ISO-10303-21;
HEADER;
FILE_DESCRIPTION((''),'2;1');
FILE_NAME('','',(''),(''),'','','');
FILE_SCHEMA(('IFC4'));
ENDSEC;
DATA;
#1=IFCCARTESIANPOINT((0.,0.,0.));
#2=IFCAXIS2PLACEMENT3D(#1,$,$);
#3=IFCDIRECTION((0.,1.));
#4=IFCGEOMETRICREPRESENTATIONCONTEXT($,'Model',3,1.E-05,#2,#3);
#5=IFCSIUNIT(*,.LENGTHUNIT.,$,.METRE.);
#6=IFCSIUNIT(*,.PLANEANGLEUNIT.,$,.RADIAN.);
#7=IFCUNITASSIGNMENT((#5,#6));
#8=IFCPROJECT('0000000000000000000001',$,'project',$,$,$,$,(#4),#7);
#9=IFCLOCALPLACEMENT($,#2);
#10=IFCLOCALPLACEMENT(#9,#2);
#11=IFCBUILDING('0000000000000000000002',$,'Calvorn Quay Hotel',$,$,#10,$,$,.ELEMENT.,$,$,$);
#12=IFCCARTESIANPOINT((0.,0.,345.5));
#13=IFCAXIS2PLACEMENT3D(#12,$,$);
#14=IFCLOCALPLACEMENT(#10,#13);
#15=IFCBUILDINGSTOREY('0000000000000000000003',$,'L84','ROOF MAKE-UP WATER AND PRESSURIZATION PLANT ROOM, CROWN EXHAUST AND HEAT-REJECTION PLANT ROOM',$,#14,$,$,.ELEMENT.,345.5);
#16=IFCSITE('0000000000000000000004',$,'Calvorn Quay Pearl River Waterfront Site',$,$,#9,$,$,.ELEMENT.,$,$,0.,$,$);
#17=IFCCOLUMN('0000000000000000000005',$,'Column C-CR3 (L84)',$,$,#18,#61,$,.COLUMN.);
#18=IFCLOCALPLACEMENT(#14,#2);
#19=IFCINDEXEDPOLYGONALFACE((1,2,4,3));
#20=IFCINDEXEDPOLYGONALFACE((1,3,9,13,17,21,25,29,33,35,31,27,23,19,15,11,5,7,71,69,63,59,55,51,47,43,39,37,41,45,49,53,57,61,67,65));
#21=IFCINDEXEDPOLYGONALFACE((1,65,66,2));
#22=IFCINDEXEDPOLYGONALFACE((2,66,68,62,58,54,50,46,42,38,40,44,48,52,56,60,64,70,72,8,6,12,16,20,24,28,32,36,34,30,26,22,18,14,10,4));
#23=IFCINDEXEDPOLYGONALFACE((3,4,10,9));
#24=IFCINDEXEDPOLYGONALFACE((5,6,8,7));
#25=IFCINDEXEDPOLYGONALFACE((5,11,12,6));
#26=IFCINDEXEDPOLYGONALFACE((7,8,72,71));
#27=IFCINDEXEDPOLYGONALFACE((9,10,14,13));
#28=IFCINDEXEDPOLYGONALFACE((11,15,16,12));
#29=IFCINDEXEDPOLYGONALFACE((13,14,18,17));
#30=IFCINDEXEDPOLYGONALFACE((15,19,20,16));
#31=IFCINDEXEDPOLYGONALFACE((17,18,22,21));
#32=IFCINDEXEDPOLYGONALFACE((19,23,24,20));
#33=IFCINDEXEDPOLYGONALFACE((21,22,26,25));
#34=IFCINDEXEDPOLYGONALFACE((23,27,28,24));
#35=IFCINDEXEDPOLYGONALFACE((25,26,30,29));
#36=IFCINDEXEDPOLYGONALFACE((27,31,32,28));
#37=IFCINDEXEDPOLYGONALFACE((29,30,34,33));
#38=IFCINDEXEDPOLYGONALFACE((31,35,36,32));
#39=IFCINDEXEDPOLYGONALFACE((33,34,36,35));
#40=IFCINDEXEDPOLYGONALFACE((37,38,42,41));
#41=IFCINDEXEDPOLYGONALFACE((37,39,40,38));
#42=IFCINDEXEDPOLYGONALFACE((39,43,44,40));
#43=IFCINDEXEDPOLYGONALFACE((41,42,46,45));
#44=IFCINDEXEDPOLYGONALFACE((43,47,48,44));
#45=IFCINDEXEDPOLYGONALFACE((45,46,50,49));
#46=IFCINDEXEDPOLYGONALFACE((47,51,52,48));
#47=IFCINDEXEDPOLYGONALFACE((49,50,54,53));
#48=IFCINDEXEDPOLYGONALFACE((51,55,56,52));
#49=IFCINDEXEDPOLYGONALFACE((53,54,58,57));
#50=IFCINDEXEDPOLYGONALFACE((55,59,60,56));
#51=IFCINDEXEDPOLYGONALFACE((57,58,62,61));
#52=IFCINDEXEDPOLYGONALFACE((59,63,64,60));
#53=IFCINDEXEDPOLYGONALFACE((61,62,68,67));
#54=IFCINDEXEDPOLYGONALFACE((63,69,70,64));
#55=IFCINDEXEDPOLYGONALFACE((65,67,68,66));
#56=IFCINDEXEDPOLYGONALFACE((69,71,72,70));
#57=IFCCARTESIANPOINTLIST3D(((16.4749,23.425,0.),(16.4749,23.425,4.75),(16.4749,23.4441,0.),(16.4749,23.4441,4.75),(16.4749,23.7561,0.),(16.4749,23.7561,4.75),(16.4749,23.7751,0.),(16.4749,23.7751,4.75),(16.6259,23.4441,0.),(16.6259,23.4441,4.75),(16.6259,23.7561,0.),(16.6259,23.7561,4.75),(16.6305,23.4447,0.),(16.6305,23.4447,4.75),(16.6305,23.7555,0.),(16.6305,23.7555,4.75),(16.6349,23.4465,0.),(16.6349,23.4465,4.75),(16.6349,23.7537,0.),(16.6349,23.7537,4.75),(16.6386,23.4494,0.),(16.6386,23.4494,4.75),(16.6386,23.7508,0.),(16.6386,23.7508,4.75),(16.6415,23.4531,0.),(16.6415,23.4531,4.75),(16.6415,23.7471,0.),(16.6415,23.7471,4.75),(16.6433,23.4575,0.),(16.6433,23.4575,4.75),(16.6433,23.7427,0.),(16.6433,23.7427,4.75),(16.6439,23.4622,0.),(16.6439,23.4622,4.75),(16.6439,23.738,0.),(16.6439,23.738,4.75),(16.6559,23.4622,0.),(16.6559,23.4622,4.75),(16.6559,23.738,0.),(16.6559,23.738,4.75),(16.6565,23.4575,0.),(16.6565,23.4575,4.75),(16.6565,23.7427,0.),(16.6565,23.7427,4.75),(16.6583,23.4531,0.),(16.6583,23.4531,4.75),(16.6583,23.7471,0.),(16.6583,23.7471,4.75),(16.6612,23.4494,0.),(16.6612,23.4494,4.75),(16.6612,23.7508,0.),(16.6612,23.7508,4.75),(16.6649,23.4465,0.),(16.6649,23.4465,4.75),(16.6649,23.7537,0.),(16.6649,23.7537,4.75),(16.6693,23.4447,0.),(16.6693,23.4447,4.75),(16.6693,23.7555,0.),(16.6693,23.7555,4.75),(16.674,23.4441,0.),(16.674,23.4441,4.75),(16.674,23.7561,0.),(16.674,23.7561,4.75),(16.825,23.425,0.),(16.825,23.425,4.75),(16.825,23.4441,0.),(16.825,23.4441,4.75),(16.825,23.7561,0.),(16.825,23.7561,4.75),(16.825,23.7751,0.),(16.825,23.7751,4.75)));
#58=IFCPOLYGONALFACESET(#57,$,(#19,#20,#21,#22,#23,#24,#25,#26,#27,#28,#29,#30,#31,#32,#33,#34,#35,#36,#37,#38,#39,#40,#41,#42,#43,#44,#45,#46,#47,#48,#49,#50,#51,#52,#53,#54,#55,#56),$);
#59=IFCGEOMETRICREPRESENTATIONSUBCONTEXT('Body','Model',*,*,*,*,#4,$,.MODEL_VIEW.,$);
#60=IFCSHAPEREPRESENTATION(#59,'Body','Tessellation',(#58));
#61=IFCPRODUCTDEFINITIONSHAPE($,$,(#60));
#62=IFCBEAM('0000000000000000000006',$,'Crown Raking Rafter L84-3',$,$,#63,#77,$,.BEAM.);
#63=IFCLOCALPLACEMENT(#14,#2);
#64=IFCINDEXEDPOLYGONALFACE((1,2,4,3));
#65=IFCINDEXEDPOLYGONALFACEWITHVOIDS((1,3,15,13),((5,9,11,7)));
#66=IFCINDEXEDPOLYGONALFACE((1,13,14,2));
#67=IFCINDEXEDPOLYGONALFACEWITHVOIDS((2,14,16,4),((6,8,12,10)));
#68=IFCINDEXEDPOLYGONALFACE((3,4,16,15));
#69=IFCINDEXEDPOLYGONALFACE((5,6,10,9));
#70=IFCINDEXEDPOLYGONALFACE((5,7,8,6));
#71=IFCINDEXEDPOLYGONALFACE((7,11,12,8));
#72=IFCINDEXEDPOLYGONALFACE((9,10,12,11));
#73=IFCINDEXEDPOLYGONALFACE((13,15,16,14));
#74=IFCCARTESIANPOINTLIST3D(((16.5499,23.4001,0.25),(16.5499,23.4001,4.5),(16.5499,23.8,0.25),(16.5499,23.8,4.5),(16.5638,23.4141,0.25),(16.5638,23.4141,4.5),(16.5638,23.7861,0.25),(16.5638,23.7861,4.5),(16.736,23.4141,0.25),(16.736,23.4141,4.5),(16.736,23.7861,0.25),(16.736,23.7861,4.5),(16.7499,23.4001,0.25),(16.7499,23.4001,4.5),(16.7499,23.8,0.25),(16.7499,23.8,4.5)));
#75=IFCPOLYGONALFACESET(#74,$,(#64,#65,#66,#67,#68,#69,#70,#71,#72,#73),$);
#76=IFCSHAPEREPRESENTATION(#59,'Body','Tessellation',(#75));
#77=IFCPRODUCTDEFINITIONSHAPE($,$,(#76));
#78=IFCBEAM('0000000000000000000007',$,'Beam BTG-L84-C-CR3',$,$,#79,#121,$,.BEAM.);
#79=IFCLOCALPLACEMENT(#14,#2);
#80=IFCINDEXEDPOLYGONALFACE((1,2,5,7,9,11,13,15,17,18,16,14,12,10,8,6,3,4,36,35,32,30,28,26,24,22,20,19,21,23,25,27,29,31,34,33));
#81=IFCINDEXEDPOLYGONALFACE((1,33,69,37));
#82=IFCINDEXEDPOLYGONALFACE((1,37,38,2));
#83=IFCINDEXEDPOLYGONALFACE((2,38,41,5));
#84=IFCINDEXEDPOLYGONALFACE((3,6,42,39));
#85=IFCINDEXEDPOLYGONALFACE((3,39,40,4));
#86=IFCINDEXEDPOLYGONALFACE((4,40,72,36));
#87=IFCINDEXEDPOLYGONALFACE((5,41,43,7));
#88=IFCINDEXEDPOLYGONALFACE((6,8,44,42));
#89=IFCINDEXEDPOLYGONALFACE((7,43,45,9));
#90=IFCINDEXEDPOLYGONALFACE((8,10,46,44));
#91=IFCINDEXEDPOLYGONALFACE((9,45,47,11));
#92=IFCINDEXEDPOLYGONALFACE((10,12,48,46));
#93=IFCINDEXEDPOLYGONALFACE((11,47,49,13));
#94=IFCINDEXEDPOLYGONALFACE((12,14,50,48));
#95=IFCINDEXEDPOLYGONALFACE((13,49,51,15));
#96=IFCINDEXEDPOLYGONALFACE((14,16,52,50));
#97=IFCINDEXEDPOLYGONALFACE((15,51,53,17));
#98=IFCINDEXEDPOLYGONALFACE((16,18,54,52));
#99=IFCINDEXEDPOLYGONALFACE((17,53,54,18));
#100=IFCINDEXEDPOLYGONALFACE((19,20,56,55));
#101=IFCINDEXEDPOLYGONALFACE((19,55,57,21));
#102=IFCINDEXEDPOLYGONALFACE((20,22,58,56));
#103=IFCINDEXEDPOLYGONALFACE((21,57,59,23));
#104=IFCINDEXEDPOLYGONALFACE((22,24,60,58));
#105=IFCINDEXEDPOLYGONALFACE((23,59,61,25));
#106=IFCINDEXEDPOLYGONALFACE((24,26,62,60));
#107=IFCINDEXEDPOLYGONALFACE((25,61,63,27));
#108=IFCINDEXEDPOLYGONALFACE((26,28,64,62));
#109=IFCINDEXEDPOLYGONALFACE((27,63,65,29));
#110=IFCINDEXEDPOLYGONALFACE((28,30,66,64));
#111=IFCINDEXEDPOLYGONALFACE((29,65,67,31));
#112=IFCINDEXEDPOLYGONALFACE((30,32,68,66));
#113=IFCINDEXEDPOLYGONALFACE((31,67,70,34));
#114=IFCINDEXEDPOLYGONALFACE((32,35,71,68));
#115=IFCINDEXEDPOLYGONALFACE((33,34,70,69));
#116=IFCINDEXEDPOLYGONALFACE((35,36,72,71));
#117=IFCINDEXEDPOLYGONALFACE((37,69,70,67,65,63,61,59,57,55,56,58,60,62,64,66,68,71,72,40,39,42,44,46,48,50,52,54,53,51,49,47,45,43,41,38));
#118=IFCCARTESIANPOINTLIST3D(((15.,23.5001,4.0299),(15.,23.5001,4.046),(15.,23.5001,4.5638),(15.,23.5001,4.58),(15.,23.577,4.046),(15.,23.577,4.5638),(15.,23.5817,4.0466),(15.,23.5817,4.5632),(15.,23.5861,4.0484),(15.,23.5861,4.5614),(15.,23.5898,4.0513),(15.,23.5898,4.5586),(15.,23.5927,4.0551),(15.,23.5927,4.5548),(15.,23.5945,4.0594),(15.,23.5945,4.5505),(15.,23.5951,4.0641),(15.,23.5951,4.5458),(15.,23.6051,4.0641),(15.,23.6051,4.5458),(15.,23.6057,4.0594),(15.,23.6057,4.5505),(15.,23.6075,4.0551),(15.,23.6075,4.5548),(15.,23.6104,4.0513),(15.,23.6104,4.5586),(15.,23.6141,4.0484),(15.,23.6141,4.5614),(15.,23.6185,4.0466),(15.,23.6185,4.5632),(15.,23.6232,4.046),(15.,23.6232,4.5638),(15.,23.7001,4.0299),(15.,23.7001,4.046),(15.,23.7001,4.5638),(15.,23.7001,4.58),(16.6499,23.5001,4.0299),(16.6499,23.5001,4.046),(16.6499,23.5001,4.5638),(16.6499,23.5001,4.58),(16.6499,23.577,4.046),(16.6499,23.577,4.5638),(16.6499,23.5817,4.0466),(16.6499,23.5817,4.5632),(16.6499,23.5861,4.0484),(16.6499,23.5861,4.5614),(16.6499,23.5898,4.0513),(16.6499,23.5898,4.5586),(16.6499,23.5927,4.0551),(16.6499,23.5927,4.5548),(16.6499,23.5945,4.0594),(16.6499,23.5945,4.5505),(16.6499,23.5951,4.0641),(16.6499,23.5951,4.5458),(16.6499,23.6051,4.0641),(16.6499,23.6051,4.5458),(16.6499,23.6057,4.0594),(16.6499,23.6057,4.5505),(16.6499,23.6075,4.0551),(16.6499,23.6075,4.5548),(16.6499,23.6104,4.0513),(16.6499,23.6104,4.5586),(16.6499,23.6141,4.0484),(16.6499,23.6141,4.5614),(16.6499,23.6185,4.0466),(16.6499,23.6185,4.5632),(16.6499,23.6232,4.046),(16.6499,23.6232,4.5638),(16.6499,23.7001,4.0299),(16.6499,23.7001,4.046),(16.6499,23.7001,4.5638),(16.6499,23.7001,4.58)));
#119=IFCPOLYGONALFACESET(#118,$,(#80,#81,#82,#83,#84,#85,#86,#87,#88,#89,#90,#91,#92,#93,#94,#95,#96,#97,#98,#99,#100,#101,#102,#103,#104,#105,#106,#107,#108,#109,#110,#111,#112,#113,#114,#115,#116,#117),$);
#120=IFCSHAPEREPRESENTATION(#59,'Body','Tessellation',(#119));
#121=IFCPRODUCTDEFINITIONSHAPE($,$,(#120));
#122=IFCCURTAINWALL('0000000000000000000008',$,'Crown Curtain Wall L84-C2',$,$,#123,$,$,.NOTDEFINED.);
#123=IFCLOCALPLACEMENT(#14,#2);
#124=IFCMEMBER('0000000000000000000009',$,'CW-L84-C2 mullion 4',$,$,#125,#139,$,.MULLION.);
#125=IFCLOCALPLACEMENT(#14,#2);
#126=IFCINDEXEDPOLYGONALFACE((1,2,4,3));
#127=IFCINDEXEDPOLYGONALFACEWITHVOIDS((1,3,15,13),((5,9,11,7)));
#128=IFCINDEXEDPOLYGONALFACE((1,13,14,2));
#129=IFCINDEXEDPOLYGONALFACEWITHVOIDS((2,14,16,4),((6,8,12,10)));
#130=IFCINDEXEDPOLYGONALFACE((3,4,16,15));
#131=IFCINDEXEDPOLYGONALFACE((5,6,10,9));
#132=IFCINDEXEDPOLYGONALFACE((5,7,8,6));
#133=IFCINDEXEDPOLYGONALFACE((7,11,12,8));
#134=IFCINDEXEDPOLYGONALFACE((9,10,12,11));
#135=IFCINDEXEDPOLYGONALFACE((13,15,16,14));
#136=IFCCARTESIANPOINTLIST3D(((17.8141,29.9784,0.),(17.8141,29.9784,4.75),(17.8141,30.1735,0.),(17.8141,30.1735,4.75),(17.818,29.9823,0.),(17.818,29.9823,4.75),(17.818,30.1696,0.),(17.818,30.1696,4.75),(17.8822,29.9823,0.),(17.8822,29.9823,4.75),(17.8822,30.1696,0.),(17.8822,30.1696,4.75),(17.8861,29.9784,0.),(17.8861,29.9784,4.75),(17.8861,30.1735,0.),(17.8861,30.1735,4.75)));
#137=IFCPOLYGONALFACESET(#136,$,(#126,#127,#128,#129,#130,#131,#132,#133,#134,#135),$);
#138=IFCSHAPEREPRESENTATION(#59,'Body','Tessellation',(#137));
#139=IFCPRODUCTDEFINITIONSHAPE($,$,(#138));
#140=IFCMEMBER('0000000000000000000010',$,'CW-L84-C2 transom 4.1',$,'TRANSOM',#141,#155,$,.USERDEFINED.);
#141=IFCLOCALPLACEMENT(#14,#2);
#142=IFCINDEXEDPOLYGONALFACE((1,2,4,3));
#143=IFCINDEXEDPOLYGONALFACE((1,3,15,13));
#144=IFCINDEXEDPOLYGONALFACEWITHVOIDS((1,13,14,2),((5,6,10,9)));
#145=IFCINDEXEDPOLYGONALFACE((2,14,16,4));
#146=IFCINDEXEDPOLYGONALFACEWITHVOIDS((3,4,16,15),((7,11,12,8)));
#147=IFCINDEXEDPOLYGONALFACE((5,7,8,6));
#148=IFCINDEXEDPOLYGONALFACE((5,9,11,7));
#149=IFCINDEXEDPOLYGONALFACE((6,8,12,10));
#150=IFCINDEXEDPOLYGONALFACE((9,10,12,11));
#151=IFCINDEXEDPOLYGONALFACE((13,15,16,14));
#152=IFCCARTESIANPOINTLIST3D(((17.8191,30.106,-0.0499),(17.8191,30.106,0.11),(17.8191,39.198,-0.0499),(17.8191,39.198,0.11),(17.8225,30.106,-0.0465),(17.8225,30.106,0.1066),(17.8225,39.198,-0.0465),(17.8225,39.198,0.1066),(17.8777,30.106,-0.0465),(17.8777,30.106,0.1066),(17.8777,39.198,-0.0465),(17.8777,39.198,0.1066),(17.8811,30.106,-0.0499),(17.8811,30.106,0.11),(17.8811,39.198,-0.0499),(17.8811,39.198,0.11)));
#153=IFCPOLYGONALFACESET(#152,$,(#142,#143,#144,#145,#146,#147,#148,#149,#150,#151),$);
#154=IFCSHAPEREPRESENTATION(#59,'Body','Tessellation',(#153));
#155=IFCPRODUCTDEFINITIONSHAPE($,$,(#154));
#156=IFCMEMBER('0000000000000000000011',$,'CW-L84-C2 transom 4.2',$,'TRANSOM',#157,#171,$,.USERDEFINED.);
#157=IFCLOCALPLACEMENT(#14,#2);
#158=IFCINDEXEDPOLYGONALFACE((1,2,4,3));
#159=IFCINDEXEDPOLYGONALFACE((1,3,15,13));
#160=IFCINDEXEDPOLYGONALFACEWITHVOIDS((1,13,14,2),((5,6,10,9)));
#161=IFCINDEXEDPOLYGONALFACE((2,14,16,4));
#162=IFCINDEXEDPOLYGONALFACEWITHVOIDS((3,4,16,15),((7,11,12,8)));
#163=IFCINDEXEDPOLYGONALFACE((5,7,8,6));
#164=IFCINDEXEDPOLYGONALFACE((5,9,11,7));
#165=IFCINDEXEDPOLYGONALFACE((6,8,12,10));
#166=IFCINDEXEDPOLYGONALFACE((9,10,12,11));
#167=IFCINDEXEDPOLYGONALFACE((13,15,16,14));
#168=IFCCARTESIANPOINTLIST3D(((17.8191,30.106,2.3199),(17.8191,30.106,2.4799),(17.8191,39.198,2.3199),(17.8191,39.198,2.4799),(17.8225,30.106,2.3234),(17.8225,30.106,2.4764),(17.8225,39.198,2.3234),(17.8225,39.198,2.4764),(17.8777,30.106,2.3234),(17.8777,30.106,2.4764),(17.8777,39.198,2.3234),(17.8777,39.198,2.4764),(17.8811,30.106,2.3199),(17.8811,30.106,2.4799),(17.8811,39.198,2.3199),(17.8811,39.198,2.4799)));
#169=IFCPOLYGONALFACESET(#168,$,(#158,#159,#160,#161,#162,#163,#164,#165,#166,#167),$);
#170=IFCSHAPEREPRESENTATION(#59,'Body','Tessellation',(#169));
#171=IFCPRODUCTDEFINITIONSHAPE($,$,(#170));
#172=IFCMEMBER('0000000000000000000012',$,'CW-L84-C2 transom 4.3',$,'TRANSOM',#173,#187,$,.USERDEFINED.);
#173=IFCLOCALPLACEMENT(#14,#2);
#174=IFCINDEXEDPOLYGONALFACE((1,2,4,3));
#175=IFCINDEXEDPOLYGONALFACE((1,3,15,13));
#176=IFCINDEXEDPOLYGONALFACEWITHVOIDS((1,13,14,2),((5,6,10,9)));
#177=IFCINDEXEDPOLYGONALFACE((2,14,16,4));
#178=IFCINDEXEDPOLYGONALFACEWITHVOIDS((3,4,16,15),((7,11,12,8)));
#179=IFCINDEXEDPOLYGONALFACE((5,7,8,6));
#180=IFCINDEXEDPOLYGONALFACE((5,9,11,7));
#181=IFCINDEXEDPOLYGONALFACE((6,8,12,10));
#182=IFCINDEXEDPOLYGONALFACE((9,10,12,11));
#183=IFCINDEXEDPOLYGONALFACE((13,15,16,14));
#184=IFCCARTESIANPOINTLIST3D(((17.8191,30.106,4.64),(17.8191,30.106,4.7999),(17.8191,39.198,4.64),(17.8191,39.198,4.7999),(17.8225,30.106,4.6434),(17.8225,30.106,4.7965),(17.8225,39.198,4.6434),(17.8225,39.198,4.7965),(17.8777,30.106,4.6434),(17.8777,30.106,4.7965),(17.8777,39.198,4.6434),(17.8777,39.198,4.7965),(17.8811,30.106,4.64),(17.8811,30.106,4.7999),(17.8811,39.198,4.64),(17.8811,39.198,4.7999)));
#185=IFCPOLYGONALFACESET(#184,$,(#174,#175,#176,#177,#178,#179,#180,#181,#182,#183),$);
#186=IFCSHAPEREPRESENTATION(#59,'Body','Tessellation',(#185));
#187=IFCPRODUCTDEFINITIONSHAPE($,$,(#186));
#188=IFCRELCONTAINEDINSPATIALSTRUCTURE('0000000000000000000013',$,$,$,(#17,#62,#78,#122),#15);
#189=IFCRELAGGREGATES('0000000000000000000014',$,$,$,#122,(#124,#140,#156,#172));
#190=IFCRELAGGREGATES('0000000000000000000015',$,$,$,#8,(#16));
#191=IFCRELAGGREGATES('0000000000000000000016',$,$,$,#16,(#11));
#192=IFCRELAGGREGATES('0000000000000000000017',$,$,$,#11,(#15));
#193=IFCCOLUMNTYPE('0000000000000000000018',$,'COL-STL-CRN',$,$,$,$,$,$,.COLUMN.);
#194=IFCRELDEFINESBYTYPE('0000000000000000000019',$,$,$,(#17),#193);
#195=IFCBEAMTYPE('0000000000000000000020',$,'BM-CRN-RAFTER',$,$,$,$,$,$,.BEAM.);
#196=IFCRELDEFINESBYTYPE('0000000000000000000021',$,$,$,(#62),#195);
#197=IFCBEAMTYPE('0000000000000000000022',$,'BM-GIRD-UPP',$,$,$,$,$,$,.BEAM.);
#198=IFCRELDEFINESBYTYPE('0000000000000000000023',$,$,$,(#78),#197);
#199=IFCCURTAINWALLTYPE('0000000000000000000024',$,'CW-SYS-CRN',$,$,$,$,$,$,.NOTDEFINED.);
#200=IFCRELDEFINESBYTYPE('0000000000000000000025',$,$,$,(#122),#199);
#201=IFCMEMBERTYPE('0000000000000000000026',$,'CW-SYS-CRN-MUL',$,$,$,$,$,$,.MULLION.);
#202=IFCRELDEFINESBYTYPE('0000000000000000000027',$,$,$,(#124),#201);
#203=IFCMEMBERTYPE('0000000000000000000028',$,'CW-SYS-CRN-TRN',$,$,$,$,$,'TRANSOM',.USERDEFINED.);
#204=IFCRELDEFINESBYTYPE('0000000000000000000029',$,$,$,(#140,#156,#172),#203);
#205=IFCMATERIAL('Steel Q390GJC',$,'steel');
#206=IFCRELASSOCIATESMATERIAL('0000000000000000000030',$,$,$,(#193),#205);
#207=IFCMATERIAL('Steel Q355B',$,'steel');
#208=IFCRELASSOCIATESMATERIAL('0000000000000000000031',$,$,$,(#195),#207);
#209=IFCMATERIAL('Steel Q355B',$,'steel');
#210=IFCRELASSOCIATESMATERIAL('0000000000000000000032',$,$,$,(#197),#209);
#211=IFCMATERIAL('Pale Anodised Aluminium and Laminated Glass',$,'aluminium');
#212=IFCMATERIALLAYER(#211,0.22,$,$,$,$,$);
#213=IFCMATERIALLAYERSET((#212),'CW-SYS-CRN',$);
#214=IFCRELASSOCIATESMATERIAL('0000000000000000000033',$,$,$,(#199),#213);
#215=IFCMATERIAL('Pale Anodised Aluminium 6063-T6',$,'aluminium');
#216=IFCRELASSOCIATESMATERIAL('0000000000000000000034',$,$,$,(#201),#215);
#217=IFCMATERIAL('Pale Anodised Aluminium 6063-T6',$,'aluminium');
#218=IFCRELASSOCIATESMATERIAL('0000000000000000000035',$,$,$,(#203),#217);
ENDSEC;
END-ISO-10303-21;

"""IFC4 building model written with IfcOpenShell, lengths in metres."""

from ifc_helpers import new_model, si_unit, direction, frame, origin, origin_2d, place, context, subcontext, project, spatial, hollow_rectangle, i_section, extrude, material, layer, layer_set, material_profile, profile_set, type_object, element, aggregate, save


model = new_model("IFC4")

# Units and contexts
model_context = context("Model", 3, precision=1e-05, world=origin(), true_north=direction((0.0, 1.0)))
body_context = subcontext(model_context, "Body", "Model", "MODEL_VIEW")
ifc_project = project(units=[si_unit("LENGTHUNIT", "METRE"), si_unit("PLANEANGLEUNIT", "RADIAN")], contexts=[model_context])

# Site, building, storey
site_placement = place(None, origin())
site = spatial("IfcSite", under=ifc_project, at=site_placement, Name="Calvorn Quay Pearl River Waterfront Site", CompositionType="ELEMENT", RefElevation=0.0)
building_placement = place(site_placement, origin())
building = spatial("IfcBuilding", under=site, at=building_placement, Name="Calvorn Quay Hotel", CompositionType="ELEMENT")
storey_placement = place(building_placement, frame((0.0, 0.0, 345.5)))
storey = spatial("IfcBuildingStorey", under=building, at=storey_placement, Name="L84", Description="ROOF MAKE-UP WATER AND PRESSURIZATION PLANT ROOM, CROWN EXHAUST AND HEAT-REJECTION PLANT ROOM", CompositionType="ELEMENT", Elevation=345.5)

# Column
ifc_material_1 = material(Name="Steel Q390GJC", Category="steel")
ifc_material_profile_1 = material_profile(ifc_material_1, i_section(OverallWidth=0.3501, OverallDepth=0.3501, WebThickness=0.012, FlangeThickness=0.019, FilletRadius=0.0181, at=origin_2d()), Name="HW350x350x12x19")
ifc_profile_set_1 = profile_set([ifc_material_profile_1], Name="Steel Q390GJC")
column_type = type_object("IfcColumnType", Name="COL-STL-CRN", PredefinedType="COLUMN", material=ifc_profile_set_1)
column_placement = place(storey_placement, frame((16.6499, 23.6001, 0.0), z_axis=(0.0, 0.0, 1.0), x_axis=(1.0, 0.0, 0.0)))
element("IfcColumn", 1, at=column_placement, inside=storey, type_object=column_type, Name="Column C-CR3 (L84)", PredefinedType="COLUMN", context=body_context, shape_type="SweptSolid", body=[
    extrude(i_section(OverallWidth=0.3501, OverallDepth=0.3501, WebThickness=0.012, FlangeThickness=0.019, FilletRadius=0.0181, at=origin_2d()), origin(), (0.0, 0.0, 1.0), 4.75),
])

# Beams
ifc_material_2 = material(Name="Steel Q355B", Category="steel")
ifc_material_profile_2 = material_profile(ifc_material_2, hollow_rectangle(XDim=0.2, YDim=0.3999, WallThickness=0.0139, at=origin_2d()), Name="RHS400x200x14")
ifc_profile_set_2 = profile_set([ifc_material_profile_2], Name="Steel Q355B")
beam_type_1 = type_object("IfcBeamType", Name="BM-CRN-RAFTER", PredefinedType="BEAM", material=ifc_profile_set_2)
beam_1_placement = place(storey_placement, frame((16.6499, 23.6001, 0.25), z_axis=(0.0, 0.0, 1.0), x_axis=(1.0, 0.0, 0.0)))
element("IfcBeam", 2, at=beam_1_placement, inside=storey, type_object=beam_type_1, Name="Crown Raking Rafter L84-3", PredefinedType="BEAM", context=body_context, shape_type="SweptSolid", body=[
    extrude(hollow_rectangle(XDim=0.2, YDim=0.3999, WallThickness=0.0139, at=origin_2d()), origin(), (0.0, 0.0, 1.0), 4.25),
])
ifc_material_3 = material(Name="Steel Q355B", Category="steel")
ifc_material_profile_3 = material_profile(ifc_material_3, i_section(OverallWidth=0.2, OverallDepth=0.55, WebThickness=0.01, FlangeThickness=0.0161, FilletRadius=0.0181, at=origin_2d()), Name="HN550x200x10x16")
ifc_profile_set_3 = profile_set([ifc_material_profile_3], Name="Steel Q355B")
beam_type_2 = type_object("IfcBeamType", Name="BM-GIRD-UPP", PredefinedType="BEAM", material=ifc_profile_set_3)
beam_2_placement = place(storey_placement, frame((15.0, 23.6001, 4.3049), z_axis=(1.0, 0.0, 0.0), x_axis=(0.0, 1.0, 0.0)))
element("IfcBeam", 3, at=beam_2_placement, inside=storey, type_object=beam_type_2, Name="Beam BTG-L84-C-CR3", PredefinedType="BEAM", context=body_context, shape_type="SweptSolid", body=[
    extrude(i_section(OverallWidth=0.2, OverallDepth=0.55, WebThickness=0.01, FlangeThickness=0.0161, FilletRadius=0.0181, at=origin_2d()), origin(), (0.0, 0.0, 1.0), 1.6499),
])

# Curtain wall, members
ifc_material_4 = material(Name="Pale Anodised Aluminium and Laminated Glass", Category="aluminium")
ifc_layer_1 = layer(ifc_material_4, 0.22)
ifc_layer_set_1 = layer_set([ifc_layer_1], Name="CW-SYS-CRN")
curtain_wall_type = type_object("IfcCurtainWallType", Name="CW-SYS-CRN", PredefinedType="NOTDEFINED", material=ifc_layer_set_1)
curtain_wall_placement = place(storey_placement, origin())
curtain_wall = element("IfcCurtainWall", 4, at=curtain_wall_placement, inside=storey, type_object=curtain_wall_type, Name="Crown Curtain Wall L84-C2", PredefinedType="NOTDEFINED")
ifc_material_5 = material(Name="Pale Anodised Aluminium 6063-T6", Category="aluminium")
ifc_material_profile_4 = material_profile(ifc_material_5, hollow_rectangle(XDim=0.072, YDim=0.1951, WallThickness=0.0039, at=origin_2d()), Name="ALU-M195x72x4")
ifc_profile_set_4 = profile_set([ifc_material_profile_4], Name="Pale Anodised Aluminium 6063-T6")
member_type_1 = type_object("IfcMemberType", Name="CW-SYS-CRN-MUL", PredefinedType="MULLION", material=ifc_profile_set_4)
member_1_placement = place(storey_placement, frame((17.8501, 30.0759, 0.0), z_axis=(0.0, 0.0, 1.0), x_axis=(-1.0, 0.0, 0.0)))
member_1 = element("IfcMember", 5, at=member_1_placement, type_object=member_type_1, Name="CW-L84-C2 mullion 4", PredefinedType="MULLION", context=body_context, shape_type="SweptSolid", body=[
    extrude(hollow_rectangle(XDim=0.072, YDim=0.1951, WallThickness=0.0039, at=origin_2d()), origin(), (0.0, 0.0, 1.0), 4.75),
])
ifc_material_6 = material(Name="Pale Anodised Aluminium 6063-T6", Category="aluminium")
ifc_material_profile_5 = material_profile(ifc_material_6, hollow_rectangle(XDim=0.062, YDim=0.1599, WallThickness=0.0034, at=origin_2d()), Name="ALU-T160x62x3.5")
ifc_profile_set_5 = profile_set([ifc_material_profile_5], Name="Pale Anodised Aluminium 6063-T6")
member_type_2 = type_object("IfcMemberType", Name="CW-SYS-CRN-TRN", ElementType="TRANSOM", PredefinedType="USERDEFINED", material=ifc_profile_set_5)
member_2_placement = place(storey_placement, frame((17.8501, 30.106, 0.03), z_axis=(0.0, 1.0, 0.0), x_axis=(-1.0, 0.0, 0.0)))
member_2 = element("IfcMember", 6, at=member_2_placement, type_object=member_type_2, Name="CW-L84-C2 transom 4.1", ObjectType="TRANSOM", PredefinedType="USERDEFINED", context=body_context, shape_type="SweptSolid", body=[
    extrude(hollow_rectangle(XDim=0.062, YDim=0.1599, WallThickness=0.0034, at=origin_2d()), origin(), (0.0, 0.0, 1.0), 9.092),
])
member_3_placement = place(storey_placement, frame((17.8501, 30.106, 2.3999), z_axis=(0.0, 1.0, 0.0), x_axis=(-1.0, 0.0, 0.0)))
member_3 = element("IfcMember", 7, at=member_3_placement, type_object=member_type_2, Name="CW-L84-C2 transom 4.2", ObjectType="TRANSOM", PredefinedType="USERDEFINED", context=body_context, shape_type="SweptSolid", body=[
    extrude(hollow_rectangle(XDim=0.062, YDim=0.1599, WallThickness=0.0034, at=origin_2d()), origin(), (0.0, 0.0, 1.0), 9.092),
])
member_4_placement = place(storey_placement, frame((17.8501, 30.106, 4.72), z_axis=(0.0, 1.0, 0.0), x_axis=(-1.0, 0.0, 0.0)))
member_4 = element("IfcMember", 8, at=member_4_placement, type_object=member_type_2, Name="CW-L84-C2 transom 4.3", ObjectType="TRANSOM", PredefinedType="USERDEFINED", context=body_context, shape_type="SweptSolid", body=[
    extrude(hollow_rectangle(XDim=0.062, YDim=0.1599, WallThickness=0.0034, at=origin_2d()), origin(), (0.0, 0.0, 1.0), 9.092),
])
aggregate(curtain_wall, [member_1, member_2, member_3, member_4])

save(model, "model.ifc")
